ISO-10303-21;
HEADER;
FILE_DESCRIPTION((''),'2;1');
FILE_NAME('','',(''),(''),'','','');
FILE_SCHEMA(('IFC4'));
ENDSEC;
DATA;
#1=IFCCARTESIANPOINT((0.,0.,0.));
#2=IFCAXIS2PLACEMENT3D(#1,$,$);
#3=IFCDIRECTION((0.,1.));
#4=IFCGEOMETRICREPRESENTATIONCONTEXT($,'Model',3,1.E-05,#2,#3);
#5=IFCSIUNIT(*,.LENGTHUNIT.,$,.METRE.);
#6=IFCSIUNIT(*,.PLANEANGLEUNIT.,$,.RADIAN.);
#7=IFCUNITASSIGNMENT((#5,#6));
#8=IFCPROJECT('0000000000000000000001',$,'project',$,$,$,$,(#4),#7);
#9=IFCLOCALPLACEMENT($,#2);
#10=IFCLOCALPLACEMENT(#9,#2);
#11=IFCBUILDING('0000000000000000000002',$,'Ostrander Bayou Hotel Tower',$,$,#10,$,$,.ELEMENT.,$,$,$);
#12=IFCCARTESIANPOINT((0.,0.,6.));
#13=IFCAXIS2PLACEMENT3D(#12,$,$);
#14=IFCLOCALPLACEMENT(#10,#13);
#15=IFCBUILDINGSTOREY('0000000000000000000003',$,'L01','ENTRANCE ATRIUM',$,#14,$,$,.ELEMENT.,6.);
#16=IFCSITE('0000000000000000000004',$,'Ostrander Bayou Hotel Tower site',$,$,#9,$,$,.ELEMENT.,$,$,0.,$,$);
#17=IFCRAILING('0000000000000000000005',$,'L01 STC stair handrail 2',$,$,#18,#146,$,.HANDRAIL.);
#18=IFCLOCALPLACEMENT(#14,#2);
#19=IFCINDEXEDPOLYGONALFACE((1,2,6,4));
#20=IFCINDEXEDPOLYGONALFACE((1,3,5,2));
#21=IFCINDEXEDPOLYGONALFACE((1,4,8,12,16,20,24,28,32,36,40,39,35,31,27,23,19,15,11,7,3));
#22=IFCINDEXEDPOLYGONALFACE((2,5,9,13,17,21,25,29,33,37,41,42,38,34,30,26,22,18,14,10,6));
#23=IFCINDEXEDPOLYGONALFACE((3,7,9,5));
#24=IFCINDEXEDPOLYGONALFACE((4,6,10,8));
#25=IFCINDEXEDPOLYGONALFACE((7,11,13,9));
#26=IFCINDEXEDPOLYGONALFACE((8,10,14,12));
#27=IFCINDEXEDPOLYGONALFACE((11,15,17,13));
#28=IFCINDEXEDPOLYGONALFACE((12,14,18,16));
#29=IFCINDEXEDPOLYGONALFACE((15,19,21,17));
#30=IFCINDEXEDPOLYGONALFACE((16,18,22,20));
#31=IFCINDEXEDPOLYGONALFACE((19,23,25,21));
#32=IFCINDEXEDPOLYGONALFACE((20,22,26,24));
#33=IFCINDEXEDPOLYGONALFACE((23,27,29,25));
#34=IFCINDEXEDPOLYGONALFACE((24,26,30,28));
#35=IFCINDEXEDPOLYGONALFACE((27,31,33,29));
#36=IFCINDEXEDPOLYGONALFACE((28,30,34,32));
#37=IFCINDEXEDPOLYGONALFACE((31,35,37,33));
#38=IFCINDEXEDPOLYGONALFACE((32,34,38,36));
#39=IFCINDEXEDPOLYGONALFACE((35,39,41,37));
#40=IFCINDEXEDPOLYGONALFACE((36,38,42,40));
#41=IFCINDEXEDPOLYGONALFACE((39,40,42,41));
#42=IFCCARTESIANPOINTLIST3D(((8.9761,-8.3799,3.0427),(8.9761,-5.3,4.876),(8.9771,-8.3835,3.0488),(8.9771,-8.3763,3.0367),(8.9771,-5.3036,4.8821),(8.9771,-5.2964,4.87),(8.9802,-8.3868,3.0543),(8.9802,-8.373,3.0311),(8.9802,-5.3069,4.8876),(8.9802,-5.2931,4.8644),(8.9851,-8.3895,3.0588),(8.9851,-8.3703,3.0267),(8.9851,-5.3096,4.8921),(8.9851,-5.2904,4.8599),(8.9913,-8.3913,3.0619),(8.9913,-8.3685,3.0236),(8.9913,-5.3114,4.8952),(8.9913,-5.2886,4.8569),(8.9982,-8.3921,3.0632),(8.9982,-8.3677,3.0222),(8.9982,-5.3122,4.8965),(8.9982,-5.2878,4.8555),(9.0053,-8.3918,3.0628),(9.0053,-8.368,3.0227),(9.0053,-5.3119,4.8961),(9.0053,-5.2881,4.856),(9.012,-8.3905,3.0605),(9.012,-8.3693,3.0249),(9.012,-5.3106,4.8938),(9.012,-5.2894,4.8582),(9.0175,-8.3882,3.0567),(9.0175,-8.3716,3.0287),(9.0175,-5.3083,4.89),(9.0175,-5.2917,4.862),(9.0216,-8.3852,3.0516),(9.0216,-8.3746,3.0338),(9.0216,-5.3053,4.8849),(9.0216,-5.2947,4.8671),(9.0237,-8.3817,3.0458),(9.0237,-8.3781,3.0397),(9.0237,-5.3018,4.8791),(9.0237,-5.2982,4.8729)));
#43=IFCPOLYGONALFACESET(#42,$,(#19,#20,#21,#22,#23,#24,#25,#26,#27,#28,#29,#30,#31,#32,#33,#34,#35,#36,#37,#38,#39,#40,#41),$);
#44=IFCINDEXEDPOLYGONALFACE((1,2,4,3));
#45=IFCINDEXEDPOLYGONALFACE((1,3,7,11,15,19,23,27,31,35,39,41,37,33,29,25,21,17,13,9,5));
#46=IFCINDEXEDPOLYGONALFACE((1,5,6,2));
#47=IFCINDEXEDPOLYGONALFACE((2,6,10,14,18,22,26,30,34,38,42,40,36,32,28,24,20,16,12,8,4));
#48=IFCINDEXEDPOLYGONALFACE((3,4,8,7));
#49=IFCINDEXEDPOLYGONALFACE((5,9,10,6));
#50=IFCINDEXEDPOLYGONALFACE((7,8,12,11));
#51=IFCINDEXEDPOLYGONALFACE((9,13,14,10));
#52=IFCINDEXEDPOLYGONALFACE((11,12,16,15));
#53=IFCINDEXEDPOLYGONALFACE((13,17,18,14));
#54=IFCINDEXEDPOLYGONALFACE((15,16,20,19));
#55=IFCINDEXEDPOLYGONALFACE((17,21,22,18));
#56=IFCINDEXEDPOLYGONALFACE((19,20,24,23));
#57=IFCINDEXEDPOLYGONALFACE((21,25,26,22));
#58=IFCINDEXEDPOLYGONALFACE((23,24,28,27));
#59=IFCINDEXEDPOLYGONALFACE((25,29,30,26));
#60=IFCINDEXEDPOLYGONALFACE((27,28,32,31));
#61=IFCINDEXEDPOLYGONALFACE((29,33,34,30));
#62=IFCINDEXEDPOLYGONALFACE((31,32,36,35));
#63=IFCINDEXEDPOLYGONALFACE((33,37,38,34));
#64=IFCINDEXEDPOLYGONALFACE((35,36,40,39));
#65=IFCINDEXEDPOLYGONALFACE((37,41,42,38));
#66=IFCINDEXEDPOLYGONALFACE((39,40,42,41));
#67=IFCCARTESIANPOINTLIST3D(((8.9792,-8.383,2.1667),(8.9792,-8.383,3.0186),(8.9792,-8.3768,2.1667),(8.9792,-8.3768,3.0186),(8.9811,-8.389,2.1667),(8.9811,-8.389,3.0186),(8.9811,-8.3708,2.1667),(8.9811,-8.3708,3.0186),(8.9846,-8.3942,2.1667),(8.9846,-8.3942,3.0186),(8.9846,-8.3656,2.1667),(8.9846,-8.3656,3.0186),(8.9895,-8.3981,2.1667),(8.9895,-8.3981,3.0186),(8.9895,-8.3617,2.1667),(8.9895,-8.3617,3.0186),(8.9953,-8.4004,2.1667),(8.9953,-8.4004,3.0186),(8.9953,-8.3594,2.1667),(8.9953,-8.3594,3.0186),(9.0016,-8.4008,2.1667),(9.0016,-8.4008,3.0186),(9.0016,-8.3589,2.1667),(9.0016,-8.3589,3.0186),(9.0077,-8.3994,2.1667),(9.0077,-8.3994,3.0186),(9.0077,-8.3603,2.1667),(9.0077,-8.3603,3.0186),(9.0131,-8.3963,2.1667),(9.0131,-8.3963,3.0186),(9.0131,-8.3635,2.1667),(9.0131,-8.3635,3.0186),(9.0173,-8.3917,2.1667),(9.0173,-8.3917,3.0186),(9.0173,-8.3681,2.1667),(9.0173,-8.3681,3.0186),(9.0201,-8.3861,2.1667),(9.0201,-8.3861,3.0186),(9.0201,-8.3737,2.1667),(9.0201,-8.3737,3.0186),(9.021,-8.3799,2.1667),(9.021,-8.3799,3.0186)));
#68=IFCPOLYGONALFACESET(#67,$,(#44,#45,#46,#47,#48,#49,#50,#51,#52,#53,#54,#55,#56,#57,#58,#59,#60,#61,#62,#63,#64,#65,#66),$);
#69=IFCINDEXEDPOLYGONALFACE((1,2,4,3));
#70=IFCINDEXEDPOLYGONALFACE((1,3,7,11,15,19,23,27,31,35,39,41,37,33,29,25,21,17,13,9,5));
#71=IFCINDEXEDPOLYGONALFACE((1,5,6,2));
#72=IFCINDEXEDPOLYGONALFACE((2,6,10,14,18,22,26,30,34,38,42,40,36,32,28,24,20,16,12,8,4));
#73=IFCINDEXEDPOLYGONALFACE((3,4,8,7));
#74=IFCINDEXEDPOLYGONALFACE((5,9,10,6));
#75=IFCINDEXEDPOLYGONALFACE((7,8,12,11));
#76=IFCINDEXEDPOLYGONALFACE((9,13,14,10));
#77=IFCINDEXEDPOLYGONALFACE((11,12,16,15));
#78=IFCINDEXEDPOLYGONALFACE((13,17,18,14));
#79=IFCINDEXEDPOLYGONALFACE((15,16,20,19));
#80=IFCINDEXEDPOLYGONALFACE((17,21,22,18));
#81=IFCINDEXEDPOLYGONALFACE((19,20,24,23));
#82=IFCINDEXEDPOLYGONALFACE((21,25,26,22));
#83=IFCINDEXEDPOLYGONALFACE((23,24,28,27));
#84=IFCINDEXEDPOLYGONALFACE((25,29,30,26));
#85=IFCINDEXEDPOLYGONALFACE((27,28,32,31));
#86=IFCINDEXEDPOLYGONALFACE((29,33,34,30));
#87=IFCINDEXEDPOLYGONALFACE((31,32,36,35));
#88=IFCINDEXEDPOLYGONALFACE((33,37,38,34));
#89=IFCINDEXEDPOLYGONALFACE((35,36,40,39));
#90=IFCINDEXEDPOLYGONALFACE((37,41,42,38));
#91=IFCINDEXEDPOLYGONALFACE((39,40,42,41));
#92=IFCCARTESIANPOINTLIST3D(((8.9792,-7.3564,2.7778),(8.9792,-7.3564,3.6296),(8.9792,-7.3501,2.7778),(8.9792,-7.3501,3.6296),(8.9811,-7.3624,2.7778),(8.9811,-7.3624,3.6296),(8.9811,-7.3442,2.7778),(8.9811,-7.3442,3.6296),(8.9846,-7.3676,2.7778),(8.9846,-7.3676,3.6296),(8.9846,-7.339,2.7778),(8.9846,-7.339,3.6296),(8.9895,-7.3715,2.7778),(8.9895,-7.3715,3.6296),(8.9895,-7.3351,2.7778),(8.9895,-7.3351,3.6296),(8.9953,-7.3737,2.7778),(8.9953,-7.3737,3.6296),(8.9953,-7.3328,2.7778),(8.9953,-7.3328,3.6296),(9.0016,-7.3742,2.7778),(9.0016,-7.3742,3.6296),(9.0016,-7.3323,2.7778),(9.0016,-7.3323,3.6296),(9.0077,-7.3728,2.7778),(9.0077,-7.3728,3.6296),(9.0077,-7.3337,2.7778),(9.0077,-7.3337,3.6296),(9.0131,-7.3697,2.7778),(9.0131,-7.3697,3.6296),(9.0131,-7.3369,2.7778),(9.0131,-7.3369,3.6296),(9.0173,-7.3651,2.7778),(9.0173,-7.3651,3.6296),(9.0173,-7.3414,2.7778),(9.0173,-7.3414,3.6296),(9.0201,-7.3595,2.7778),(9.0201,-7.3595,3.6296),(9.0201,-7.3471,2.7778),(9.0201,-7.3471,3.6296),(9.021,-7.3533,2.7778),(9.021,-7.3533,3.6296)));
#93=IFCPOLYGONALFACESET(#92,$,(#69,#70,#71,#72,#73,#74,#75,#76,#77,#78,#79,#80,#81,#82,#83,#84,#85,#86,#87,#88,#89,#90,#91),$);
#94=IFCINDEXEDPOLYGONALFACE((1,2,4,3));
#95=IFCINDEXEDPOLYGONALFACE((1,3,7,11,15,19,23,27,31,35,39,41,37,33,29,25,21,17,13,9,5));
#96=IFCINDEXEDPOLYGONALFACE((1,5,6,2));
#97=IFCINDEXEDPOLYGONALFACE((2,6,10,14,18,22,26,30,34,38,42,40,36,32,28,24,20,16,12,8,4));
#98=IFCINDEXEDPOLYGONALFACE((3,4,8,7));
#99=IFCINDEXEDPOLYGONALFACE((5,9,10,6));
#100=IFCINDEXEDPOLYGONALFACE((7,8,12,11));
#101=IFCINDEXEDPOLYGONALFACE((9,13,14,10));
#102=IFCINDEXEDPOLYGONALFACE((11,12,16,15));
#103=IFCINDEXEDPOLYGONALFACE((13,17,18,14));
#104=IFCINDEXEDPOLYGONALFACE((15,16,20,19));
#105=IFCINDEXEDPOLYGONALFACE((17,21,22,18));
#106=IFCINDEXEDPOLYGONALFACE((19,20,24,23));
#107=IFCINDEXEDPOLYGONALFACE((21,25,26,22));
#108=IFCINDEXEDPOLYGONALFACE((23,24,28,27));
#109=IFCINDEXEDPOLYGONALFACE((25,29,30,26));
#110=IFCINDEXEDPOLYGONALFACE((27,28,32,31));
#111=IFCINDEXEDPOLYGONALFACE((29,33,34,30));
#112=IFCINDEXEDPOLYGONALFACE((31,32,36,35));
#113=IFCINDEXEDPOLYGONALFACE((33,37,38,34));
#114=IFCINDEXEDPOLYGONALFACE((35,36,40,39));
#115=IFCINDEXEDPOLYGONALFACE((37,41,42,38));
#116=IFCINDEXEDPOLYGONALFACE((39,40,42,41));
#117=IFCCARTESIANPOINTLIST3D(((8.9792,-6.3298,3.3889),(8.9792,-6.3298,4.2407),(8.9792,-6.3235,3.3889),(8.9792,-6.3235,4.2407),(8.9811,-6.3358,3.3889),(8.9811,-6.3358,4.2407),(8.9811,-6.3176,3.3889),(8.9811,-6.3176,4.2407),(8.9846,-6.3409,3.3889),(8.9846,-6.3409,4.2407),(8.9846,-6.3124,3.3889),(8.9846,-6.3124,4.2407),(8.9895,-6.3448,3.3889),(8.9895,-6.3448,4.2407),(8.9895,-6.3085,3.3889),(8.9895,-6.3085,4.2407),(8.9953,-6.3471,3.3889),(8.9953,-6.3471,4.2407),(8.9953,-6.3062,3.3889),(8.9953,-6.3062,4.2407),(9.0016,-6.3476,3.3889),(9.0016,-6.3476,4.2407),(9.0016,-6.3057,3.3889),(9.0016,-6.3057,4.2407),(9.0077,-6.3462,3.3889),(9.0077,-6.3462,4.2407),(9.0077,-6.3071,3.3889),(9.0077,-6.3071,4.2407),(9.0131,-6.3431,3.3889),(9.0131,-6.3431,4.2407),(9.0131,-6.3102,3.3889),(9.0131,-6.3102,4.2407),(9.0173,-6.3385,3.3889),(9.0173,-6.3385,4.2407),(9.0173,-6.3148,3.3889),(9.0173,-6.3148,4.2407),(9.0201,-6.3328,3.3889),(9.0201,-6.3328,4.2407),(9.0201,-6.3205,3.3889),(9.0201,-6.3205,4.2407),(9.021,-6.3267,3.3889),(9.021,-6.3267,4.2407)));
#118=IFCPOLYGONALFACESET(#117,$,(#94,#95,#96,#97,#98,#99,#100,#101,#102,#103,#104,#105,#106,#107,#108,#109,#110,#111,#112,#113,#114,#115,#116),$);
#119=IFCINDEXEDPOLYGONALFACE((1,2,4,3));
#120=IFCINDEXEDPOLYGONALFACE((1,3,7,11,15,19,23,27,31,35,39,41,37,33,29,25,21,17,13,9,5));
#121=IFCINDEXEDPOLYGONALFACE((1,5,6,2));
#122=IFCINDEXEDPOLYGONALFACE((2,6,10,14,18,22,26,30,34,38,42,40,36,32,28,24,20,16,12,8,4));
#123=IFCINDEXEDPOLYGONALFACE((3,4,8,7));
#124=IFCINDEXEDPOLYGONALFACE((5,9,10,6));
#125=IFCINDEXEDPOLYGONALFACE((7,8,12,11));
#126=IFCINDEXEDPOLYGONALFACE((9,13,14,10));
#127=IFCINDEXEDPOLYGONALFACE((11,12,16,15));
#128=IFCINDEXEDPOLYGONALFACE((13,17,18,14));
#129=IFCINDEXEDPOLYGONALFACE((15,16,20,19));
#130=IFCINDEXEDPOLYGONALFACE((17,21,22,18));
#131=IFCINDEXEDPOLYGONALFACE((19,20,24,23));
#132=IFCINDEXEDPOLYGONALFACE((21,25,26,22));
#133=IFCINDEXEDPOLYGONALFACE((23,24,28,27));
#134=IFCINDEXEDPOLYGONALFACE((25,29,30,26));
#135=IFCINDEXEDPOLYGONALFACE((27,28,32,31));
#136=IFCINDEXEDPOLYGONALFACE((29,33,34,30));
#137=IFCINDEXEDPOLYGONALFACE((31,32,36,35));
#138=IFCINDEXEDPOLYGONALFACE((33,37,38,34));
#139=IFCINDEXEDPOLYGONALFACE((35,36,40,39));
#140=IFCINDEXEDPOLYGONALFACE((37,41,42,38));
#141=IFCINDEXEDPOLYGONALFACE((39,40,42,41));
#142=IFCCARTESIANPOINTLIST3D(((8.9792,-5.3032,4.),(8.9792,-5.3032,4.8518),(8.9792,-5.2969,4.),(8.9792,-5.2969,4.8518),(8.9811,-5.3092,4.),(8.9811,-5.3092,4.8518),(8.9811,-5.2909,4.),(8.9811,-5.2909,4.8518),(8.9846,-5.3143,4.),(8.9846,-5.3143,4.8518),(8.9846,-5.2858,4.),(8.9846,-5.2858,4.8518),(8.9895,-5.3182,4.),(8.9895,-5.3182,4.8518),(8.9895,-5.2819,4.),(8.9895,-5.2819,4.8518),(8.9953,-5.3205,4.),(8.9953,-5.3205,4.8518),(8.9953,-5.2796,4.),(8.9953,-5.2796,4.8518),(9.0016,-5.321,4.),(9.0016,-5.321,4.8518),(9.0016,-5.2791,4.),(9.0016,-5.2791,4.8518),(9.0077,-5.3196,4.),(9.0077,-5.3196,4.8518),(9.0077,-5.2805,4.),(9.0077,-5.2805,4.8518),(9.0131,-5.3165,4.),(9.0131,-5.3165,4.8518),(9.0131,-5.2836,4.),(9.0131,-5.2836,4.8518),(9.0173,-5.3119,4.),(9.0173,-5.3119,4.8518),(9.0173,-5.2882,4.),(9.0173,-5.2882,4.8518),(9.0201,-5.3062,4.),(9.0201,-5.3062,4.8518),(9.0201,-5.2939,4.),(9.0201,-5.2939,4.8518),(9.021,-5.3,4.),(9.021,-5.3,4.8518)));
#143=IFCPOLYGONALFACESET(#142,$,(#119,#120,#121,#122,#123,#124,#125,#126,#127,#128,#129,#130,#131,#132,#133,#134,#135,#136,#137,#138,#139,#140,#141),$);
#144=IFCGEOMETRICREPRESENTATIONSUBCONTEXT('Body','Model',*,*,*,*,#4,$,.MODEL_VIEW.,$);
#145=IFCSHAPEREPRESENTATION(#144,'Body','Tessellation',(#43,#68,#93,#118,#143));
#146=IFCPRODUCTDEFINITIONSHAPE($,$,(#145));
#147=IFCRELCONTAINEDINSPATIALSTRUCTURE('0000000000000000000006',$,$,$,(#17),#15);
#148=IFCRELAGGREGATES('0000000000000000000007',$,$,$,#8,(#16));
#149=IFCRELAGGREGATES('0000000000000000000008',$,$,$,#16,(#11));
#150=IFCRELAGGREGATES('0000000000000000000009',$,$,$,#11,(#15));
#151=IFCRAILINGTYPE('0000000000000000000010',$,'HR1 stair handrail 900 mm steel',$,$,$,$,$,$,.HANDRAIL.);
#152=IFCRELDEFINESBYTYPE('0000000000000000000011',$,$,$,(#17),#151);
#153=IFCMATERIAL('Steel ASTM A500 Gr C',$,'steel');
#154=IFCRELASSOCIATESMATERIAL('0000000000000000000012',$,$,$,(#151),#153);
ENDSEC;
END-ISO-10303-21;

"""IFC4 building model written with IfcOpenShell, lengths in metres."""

from ifc_helpers import new_model, si_unit, direction, frame, origin, origin_2d, place, context, subcontext, project, spatial, circle, extrude, material, type_object, element, save


model = new_model("IFC4")

# Units and contexts
model_context = context("Model", 3, precision=1e-05, world=origin(), true_north=direction((0.0, 1.0)))
body_context = subcontext(model_context, "Body", "Model", "MODEL_VIEW")
ifc_project = project(units=[si_unit("LENGTHUNIT", "METRE"), si_unit("PLANEANGLEUNIT", "RADIAN")], contexts=[model_context])

# Site, building, storey
site_placement = place(None, origin())
site = spatial("IfcSite", under=ifc_project, at=site_placement, Name="Ostrander Bayou Hotel Tower site", CompositionType="ELEMENT", RefElevation=0.0)
building_placement = place(site_placement, origin())
building = spatial("IfcBuilding", under=site, at=building_placement, Name="Ostrander Bayou Hotel Tower", CompositionType="ELEMENT")
storey_placement = place(building_placement, frame((0.0, 0.0, 6.0)))
storey = spatial("IfcBuildingStorey", under=building, at=storey_placement, Name="L01", Description="ENTRANCE ATRIUM", CompositionType="ELEMENT", Elevation=6.0)

# Railing
ifc_material_1 = material(Name="Steel ASTM A500 Gr C", Category="steel")
railing_type_1 = type_object("IfcRailingType", Name="HR1 stair handrail 900 mm steel", PredefinedType="HANDRAIL", material=ifc_material_1)
railing_1_placement = place(storey_placement, frame((9.0, -8.3799, 2.1667)))
element("IfcRailing", 1, at=railing_1_placement, inside=storey, type_object=railing_type_1, Name="L01 STC stair handrail 2", PredefinedType="HANDRAIL", context=body_context, shape_type="SweptSolid", body=[
    extrude(circle(Radius=0.0239, at=origin_2d()), frame((0.0, 0.0, 0.876), z_axis=(0.0, 0.859291, 0.511487), x_axis=(-1.0, 0.0, 0.0)), (0.0, 0.0, 1.0), 3.5842),
    extrude(circle(Radius=0.021, at=origin_2d()), origin(), (0.0, 0.0, 1.0), 0.8518),
    extrude(circle(Radius=0.021, at=origin_2d()), frame((0.0, 1.0266, 0.6111)), (0.0, 0.0, 1.0), 0.8518),
    extrude(circle(Radius=0.021, at=origin_2d()), frame((0.0, 2.0532, 1.2222)), (0.0, 0.0, 1.0), 0.8518),
    extrude(circle(Radius=0.021, at=origin_2d()), frame((0.0, 3.0798, 1.8333)), (0.0, 0.0, 1.0), 0.8518),
])

save(model, "model.ifc")
